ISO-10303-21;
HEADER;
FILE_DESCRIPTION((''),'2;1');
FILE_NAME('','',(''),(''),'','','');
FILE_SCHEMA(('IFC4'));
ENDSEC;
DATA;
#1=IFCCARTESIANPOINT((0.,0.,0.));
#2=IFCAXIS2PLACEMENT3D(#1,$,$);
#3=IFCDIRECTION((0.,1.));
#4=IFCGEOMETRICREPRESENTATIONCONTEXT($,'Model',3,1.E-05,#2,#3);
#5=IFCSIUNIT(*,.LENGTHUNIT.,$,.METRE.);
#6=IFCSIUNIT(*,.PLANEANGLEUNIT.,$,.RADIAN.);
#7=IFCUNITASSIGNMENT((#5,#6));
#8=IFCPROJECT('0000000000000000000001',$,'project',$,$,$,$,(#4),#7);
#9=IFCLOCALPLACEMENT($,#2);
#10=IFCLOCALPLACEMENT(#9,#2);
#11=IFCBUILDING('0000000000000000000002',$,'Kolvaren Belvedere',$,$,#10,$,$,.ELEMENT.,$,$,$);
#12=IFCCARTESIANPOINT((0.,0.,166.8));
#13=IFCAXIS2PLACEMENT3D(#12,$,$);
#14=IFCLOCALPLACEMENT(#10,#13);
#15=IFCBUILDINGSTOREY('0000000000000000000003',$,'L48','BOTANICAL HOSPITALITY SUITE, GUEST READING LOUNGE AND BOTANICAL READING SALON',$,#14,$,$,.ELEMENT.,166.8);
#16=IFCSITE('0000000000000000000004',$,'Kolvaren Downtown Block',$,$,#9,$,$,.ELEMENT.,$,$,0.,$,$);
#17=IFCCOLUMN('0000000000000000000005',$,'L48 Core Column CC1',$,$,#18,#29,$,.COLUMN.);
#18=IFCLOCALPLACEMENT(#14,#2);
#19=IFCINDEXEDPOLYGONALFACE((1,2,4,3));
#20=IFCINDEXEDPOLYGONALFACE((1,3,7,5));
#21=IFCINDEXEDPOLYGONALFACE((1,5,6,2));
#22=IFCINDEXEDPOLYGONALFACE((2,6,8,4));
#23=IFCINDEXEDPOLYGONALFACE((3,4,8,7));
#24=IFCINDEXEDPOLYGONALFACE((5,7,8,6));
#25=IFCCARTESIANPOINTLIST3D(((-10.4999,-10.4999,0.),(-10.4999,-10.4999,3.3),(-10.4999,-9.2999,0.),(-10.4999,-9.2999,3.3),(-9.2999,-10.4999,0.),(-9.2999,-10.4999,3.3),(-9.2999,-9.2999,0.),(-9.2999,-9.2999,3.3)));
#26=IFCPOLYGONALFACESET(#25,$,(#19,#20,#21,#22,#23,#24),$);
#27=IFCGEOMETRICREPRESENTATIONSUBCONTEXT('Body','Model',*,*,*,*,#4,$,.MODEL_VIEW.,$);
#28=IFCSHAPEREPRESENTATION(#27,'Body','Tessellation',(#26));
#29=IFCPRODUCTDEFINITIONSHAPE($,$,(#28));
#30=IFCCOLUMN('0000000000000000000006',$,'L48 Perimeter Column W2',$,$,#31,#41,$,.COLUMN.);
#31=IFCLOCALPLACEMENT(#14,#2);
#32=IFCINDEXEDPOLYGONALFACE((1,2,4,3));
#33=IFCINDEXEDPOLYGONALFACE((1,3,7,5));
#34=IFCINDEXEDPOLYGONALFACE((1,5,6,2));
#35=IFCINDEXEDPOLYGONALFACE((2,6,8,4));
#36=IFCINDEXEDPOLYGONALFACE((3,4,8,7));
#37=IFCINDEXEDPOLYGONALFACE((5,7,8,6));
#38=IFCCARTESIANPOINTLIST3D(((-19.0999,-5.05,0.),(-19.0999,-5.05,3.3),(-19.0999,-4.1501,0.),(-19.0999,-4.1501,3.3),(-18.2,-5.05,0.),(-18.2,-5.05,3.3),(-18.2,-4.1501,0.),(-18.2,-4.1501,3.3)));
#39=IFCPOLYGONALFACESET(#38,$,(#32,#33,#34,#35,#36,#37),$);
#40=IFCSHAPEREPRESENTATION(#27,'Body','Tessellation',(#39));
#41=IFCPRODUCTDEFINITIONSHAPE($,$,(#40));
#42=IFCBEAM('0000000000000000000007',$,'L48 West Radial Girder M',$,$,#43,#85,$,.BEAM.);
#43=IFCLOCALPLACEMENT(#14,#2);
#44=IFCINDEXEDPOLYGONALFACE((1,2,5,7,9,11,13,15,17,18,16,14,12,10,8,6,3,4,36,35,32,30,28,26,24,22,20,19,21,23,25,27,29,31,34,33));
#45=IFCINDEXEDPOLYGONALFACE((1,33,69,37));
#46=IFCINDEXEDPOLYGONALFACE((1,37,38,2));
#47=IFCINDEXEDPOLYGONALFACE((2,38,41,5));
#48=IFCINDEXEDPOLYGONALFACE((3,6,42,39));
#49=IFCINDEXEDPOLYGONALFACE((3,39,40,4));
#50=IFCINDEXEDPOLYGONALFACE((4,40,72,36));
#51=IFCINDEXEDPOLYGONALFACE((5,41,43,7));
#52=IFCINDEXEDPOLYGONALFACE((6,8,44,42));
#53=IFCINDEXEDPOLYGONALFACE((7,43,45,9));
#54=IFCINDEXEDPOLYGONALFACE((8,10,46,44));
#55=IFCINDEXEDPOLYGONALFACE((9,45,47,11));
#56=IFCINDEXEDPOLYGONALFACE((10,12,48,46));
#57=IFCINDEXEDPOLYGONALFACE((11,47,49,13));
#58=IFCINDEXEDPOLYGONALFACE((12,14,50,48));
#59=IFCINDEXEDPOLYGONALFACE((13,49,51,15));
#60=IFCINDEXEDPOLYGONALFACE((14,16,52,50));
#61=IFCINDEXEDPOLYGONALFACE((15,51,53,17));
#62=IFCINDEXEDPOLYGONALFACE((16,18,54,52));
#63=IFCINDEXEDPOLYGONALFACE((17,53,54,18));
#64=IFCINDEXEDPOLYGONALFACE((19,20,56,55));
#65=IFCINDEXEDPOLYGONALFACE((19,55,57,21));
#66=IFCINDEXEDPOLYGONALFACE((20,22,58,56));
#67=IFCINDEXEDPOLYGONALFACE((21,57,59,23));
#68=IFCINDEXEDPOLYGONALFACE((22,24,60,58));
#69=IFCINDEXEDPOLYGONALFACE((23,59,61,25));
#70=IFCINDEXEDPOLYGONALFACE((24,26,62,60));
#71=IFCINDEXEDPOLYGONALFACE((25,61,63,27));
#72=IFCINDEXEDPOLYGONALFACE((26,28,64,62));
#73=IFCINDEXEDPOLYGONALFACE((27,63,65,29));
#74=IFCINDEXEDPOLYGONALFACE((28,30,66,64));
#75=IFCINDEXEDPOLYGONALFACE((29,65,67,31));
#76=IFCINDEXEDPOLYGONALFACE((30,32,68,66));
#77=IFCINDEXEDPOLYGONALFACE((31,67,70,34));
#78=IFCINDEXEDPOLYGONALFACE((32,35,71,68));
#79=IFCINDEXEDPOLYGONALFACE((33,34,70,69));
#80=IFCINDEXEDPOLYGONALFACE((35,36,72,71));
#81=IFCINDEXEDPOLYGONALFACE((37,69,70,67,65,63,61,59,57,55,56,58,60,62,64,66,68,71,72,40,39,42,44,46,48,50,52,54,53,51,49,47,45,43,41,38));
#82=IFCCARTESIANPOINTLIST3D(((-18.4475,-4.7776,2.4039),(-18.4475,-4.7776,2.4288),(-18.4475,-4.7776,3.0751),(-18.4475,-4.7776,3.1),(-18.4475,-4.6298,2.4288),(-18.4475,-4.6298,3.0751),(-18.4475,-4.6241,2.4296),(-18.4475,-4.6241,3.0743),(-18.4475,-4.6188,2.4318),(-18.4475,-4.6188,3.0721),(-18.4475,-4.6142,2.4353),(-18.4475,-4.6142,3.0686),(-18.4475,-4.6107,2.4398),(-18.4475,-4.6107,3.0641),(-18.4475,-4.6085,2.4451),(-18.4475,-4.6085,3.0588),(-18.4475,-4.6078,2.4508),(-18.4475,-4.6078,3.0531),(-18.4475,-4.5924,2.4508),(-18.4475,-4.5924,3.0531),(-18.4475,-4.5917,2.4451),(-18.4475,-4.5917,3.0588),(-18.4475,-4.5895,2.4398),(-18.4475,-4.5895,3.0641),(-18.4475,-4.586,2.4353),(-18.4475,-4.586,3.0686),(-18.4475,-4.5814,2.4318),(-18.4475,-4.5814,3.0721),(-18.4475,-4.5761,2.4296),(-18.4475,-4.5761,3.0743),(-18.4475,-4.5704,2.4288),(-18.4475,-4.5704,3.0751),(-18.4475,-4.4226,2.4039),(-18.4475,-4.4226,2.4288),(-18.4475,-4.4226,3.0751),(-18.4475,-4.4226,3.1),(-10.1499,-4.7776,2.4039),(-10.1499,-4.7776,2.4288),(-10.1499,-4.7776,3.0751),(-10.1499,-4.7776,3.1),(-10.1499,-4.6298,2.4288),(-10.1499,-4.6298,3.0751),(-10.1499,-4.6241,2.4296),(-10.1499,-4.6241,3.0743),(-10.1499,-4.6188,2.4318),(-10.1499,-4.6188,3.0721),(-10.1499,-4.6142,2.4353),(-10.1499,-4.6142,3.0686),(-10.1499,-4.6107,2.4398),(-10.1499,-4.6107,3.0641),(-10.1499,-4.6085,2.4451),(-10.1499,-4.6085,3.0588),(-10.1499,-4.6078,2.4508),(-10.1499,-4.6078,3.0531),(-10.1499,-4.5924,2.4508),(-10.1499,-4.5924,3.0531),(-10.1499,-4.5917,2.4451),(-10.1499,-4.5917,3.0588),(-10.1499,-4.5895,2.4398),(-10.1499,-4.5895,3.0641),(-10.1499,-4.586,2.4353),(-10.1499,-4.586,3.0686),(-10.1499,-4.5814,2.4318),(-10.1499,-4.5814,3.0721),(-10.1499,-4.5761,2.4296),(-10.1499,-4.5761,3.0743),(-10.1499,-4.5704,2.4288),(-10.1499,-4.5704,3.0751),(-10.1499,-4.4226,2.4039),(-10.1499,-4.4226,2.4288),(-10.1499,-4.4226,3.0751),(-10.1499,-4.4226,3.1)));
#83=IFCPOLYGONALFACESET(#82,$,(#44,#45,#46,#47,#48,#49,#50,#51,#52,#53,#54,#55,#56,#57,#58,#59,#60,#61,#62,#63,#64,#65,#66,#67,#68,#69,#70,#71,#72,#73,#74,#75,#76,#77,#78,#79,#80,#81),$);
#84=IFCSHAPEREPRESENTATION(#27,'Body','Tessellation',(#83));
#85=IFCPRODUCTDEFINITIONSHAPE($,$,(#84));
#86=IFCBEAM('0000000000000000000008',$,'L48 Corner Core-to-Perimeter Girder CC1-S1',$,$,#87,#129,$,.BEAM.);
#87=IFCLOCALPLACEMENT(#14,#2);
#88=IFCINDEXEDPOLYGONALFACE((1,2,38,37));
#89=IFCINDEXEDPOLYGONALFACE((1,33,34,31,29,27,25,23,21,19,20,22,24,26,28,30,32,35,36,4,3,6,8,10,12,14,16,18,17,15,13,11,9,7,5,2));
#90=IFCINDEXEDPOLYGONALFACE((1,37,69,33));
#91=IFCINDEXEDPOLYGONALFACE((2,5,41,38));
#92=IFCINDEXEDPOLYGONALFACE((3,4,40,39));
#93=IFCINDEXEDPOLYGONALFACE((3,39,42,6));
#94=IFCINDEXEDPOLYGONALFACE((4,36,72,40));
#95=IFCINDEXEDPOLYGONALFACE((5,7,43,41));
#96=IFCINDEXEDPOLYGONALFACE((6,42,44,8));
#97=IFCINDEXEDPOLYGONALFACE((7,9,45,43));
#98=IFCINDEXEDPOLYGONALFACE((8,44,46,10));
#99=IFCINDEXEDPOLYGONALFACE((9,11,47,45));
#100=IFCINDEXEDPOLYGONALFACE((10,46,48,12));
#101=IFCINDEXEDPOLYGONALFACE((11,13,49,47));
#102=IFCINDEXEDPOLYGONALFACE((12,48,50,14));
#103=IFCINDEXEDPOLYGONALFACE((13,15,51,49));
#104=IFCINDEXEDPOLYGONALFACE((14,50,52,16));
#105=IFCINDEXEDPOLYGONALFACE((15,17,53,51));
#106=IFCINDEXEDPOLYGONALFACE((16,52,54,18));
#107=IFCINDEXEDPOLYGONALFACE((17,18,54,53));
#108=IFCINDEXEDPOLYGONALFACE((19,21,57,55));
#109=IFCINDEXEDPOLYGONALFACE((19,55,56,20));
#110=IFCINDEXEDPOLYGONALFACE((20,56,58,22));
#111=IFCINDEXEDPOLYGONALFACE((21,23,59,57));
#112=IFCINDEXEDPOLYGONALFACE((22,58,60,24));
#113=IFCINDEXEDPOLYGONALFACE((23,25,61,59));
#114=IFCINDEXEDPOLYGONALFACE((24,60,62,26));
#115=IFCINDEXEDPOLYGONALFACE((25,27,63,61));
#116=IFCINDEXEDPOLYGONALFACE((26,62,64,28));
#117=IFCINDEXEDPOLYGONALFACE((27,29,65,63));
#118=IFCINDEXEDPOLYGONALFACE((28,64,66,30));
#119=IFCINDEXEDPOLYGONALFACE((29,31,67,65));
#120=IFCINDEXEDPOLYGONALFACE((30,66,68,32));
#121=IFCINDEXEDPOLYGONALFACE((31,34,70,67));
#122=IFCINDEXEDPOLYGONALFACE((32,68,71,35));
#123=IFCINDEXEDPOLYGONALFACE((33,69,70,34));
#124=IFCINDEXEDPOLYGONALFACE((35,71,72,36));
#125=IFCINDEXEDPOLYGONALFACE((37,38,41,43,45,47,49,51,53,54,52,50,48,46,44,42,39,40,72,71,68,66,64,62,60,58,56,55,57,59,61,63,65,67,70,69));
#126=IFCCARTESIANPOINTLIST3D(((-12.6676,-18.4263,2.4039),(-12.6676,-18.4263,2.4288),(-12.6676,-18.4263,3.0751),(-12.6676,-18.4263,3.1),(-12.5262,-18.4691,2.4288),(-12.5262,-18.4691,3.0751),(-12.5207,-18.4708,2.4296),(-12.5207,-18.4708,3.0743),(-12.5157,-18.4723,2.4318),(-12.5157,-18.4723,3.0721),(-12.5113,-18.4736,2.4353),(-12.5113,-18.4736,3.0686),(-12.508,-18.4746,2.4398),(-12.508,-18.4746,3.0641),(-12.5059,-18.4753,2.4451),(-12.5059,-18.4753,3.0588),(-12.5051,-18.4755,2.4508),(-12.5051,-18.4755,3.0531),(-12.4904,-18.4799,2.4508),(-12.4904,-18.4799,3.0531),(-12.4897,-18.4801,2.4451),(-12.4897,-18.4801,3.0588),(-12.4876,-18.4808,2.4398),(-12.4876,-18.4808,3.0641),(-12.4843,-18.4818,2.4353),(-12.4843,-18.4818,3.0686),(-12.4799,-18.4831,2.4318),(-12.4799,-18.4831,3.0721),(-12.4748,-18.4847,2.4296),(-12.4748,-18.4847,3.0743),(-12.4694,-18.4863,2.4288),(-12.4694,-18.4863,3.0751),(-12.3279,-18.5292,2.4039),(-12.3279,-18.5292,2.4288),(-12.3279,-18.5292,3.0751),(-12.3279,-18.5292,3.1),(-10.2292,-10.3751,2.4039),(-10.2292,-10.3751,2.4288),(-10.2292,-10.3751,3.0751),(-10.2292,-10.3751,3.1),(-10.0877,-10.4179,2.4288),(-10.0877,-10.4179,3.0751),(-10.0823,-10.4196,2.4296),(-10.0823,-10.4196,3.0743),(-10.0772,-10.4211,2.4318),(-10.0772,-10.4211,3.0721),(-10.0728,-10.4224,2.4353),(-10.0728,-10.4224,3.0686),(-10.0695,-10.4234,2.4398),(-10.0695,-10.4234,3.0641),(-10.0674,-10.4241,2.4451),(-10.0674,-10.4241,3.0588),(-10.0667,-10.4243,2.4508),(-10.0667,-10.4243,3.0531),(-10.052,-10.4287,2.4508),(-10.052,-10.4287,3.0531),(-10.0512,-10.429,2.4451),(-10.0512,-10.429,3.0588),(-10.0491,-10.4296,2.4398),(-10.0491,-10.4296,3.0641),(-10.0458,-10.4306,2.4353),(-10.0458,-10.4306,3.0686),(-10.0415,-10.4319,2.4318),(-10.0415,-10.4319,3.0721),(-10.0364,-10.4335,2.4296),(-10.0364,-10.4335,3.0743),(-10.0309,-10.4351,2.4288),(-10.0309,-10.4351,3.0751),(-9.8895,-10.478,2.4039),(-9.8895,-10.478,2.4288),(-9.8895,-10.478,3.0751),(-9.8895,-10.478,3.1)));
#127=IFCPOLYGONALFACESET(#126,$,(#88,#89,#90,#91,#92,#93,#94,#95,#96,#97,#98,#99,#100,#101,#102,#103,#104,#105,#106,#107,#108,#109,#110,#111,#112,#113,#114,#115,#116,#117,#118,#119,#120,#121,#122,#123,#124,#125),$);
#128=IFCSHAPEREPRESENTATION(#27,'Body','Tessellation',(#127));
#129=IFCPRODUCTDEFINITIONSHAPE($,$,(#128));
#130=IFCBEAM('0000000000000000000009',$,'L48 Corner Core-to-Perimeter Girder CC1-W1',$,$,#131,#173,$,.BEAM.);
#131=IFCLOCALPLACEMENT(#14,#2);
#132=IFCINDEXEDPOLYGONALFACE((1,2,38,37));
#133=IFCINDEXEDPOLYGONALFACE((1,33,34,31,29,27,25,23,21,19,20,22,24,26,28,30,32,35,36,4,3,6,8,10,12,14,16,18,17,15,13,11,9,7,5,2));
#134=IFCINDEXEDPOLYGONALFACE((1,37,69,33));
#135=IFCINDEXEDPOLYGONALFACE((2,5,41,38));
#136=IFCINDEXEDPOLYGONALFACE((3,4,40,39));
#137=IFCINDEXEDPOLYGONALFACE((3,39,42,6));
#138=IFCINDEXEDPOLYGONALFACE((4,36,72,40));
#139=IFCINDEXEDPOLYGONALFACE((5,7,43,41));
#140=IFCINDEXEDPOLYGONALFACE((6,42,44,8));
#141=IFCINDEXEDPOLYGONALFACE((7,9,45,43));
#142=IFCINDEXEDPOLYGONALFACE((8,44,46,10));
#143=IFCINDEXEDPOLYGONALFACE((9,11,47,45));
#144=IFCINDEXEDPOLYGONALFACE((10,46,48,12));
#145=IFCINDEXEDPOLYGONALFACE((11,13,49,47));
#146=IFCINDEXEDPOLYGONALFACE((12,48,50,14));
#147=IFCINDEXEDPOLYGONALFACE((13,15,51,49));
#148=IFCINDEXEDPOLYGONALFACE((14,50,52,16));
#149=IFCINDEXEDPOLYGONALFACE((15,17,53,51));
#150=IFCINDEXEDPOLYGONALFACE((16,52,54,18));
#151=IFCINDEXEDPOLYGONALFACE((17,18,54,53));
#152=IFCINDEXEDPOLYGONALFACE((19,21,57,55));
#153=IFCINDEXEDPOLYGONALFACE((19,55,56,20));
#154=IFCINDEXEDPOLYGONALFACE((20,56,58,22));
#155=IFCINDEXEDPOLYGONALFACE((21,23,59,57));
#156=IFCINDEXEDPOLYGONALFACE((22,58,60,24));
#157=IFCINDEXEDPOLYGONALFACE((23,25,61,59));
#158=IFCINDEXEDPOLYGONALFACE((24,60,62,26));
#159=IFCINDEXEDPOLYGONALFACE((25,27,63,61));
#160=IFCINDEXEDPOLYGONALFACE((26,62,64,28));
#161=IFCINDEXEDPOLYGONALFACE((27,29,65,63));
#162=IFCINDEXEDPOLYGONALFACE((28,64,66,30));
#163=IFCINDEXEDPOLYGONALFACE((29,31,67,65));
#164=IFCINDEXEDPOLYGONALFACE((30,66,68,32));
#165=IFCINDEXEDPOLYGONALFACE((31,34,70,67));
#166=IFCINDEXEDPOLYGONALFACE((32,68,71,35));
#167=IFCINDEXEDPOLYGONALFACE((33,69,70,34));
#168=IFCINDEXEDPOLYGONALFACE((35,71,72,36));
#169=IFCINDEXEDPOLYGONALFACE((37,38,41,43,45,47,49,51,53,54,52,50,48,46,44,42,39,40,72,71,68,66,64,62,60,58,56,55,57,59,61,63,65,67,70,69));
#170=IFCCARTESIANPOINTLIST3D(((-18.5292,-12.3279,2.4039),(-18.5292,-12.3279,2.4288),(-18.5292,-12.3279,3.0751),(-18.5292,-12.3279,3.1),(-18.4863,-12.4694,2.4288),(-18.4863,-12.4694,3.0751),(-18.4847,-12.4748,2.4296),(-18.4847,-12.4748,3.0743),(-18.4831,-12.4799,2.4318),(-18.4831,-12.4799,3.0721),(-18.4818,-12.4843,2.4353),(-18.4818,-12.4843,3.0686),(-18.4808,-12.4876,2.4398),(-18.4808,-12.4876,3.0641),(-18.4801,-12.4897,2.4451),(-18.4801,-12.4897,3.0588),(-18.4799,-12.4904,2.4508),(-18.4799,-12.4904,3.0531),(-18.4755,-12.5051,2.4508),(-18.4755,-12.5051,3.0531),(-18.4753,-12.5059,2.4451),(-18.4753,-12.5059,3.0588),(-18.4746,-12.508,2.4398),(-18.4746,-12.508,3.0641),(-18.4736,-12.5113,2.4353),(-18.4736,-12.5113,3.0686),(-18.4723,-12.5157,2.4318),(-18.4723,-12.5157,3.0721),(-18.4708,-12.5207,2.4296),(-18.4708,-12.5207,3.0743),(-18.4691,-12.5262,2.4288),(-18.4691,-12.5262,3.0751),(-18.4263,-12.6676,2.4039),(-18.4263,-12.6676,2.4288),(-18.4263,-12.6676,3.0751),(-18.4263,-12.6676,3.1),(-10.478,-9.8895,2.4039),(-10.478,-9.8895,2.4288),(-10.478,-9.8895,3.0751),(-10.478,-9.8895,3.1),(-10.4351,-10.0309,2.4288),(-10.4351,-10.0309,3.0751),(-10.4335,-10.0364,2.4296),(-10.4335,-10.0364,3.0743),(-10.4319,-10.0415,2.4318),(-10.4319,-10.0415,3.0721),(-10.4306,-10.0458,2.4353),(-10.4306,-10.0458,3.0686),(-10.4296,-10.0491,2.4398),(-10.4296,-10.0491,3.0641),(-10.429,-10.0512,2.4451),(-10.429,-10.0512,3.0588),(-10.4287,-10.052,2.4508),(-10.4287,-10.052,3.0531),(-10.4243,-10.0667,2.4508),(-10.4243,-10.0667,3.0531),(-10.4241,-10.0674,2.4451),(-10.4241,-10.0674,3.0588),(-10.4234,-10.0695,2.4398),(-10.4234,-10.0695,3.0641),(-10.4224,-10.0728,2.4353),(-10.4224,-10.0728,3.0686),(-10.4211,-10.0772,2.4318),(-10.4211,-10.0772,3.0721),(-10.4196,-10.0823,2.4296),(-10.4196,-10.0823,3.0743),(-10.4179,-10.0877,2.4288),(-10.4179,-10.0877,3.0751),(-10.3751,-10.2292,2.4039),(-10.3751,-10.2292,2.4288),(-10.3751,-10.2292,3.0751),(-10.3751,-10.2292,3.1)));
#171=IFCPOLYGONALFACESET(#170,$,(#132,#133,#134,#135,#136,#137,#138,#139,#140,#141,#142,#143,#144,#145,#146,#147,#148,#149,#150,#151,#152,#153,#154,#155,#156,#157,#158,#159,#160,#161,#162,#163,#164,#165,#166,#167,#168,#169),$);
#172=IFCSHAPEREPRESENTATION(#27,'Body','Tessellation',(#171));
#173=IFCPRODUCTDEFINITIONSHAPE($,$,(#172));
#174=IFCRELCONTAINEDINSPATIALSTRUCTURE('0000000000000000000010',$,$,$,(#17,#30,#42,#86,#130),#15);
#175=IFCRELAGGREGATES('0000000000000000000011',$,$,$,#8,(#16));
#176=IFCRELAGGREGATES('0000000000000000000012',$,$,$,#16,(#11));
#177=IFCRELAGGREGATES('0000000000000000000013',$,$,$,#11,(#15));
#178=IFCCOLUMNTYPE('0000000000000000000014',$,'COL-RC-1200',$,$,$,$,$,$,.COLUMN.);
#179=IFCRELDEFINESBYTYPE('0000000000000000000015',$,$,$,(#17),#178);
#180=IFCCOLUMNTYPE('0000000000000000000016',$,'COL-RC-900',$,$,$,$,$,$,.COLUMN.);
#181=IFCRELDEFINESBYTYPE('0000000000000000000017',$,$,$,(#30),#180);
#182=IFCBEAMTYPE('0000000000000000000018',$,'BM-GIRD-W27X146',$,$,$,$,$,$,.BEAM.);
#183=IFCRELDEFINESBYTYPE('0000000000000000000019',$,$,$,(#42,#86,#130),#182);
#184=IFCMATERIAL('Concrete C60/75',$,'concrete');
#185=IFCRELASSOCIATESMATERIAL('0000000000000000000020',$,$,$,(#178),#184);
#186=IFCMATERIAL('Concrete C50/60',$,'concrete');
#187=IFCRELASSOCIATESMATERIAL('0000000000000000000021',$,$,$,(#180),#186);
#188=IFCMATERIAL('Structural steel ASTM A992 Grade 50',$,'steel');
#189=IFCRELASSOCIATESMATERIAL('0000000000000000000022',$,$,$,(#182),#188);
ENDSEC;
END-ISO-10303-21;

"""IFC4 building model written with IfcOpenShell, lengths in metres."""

from ifc_helpers import new_model, si_unit, direction, frame, origin, origin_2d, place, context, subcontext, project, spatial, rectangle, i_section, extrude, material, material_profile, profile_set, type_object, element, save


model = new_model("IFC4")

# Units and contexts
model_context = context("Model", 3, precision=1e-05, world=origin(), true_north=direction((0.0, 1.0)))
body_context = subcontext(model_context, "Body", "Model", "MODEL_VIEW")
ifc_project = project(units=[si_unit("LENGTHUNIT", "METRE"), si_unit("PLANEANGLEUNIT", "RADIAN")], contexts=[model_context])

# Site, building, storey
site_placement = place(None, origin())
site = spatial("IfcSite", under=ifc_project, at=site_placement, Name="Kolvaren Downtown Block", CompositionType="ELEMENT", RefElevation=0.0)
building_placement = place(site_placement, origin())
building = spatial("IfcBuilding", under=site, at=building_placement, Name="Kolvaren Belvedere", CompositionType="ELEMENT")
storey_placement = place(building_placement, frame((0.0, 0.0, 166.8)))
storey = spatial("IfcBuildingStorey", under=building, at=storey_placement, Name="L48", Description="BOTANICAL HOSPITALITY SUITE, GUEST READING LOUNGE AND BOTANICAL READING SALON", CompositionType="ELEMENT", Elevation=166.8)

# Columns
ifc_material_1 = material(Name="Concrete C60/75", Category="concrete")
ifc_material_profile_1 = material_profile(ifc_material_1, rectangle(XDim=1.2, YDim=1.2, at=origin_2d()), Name="RC 1200X1200")
ifc_profile_set_1 = profile_set([ifc_material_profile_1], Name="Concrete C60/75")
column_type_1 = type_object("IfcColumnType", Name="COL-RC-1200", PredefinedType="COLUMN", material=ifc_profile_set_1)
column_1_placement = place(storey_placement, frame((-9.8999, -9.8999, 0.0), z_axis=(0.0, 0.0, 1.0), x_axis=(1.0, 0.0, 0.0)))
element("IfcColumn", 1, at=column_1_placement, inside=storey, type_object=column_type_1, Name="L48 Core Column CC1", PredefinedType="COLUMN", context=body_context, shape_type="SweptSolid", body=[
    extrude(rectangle(XDim=1.2, YDim=1.2, at=origin_2d()), origin(), (0.0, 0.0, 1.0), 3.3),
])
ifc_material_2 = material(Name="Concrete C50/60", Category="concrete")
ifc_material_profile_2 = material_profile(ifc_material_2, rectangle(XDim=0.8999, YDim=0.8999, at=origin_2d()), Name="RC 900X900")
ifc_profile_set_2 = profile_set([ifc_material_profile_2], Name="Concrete C50/60")
column_type_2 = type_object("IfcColumnType", Name="COL-RC-900", PredefinedType="COLUMN", material=ifc_profile_set_2)
column_2_placement = place(storey_placement, frame((-18.6499, -4.6001, 0.0), z_axis=(0.0, 0.0, 1.0), x_axis=(1.0, 0.0, 0.0)))
element("IfcColumn", 2, at=column_2_placement, inside=storey, type_object=column_type_2, Name="L48 Perimeter Column W2", PredefinedType="COLUMN", context=body_context, shape_type="SweptSolid", body=[
    extrude(rectangle(XDim=0.8999, YDim=0.8999, at=origin_2d()), origin(), (0.0, 0.0, 1.0), 3.3),
])

# Beams
ifc_material_3 = material(Name="Structural steel ASTM A992 Grade 50", Category="steel")
ifc_material_profile_3 = material_profile(ifc_material_3, i_section(OverallWidth=0.355, OverallDepth=0.696, WebThickness=0.0154, FlangeThickness=0.0249, FilletRadius=0.022, at=origin_2d()), Name="W27X146")
ifc_profile_set_3 = profile_set([ifc_material_profile_3], Name="Structural steel ASTM A992 Grade 50")
beam_type_1 = type_object("IfcBeamType", Name="BM-GIRD-W27X146", PredefinedType="BEAM", material=ifc_profile_set_3)
beam_1_placement = place(storey_placement, frame((-10.1499, -4.6001, 2.752), z_axis=(-1.0, 0.0, 0.0), x_axis=(0.0, -1.0, 0.0)))
element("IfcBeam", 3, at=beam_1_placement, inside=storey, type_object=beam_type_1, Name="L48 West Radial Girder M", PredefinedType="BEAM", context=body_context, shape_type="SweptSolid", body=[
    extrude(i_section(OverallWidth=0.355, OverallDepth=0.696, WebThickness=0.0154, FlangeThickness=0.0249, FilletRadius=0.022, at=origin_2d()), origin(), (0.0, 0.0, 1.0), 8.2976),
])
for number, where, z_axis, x_axis, name in (
    (4, (-10.0593, -10.4265, 2.752), (-0.289866, -0.957067, 0.0), (0.957067, -0.289866, 0.0), "L48 Corner Core-to-Perimeter Girder CC1-S1"),
    (5, (-10.4265, -10.0593, 2.752), (-0.957067, -0.289866, 0.0), (0.289866, -0.957067, 0.0), "L48 Corner Core-to-Perimeter Girder CC1-W1"),
):
    element("IfcBeam", number, at=place(storey_placement, frame(where, z_axis=z_axis, x_axis=x_axis)), inside=storey, type_object=beam_type_1, Name=name, PredefinedType="BEAM", context=body_context, shape_type="SweptSolid", body=[
        extrude(i_section(OverallWidth=0.355, OverallDepth=0.696, WebThickness=0.0154, FlangeThickness=0.0249, FilletRadius=0.022, at=origin_2d()), origin(), (0.0, 0.0, 1.0), 8.4124),
    ])

save(model, "model.ifc")
